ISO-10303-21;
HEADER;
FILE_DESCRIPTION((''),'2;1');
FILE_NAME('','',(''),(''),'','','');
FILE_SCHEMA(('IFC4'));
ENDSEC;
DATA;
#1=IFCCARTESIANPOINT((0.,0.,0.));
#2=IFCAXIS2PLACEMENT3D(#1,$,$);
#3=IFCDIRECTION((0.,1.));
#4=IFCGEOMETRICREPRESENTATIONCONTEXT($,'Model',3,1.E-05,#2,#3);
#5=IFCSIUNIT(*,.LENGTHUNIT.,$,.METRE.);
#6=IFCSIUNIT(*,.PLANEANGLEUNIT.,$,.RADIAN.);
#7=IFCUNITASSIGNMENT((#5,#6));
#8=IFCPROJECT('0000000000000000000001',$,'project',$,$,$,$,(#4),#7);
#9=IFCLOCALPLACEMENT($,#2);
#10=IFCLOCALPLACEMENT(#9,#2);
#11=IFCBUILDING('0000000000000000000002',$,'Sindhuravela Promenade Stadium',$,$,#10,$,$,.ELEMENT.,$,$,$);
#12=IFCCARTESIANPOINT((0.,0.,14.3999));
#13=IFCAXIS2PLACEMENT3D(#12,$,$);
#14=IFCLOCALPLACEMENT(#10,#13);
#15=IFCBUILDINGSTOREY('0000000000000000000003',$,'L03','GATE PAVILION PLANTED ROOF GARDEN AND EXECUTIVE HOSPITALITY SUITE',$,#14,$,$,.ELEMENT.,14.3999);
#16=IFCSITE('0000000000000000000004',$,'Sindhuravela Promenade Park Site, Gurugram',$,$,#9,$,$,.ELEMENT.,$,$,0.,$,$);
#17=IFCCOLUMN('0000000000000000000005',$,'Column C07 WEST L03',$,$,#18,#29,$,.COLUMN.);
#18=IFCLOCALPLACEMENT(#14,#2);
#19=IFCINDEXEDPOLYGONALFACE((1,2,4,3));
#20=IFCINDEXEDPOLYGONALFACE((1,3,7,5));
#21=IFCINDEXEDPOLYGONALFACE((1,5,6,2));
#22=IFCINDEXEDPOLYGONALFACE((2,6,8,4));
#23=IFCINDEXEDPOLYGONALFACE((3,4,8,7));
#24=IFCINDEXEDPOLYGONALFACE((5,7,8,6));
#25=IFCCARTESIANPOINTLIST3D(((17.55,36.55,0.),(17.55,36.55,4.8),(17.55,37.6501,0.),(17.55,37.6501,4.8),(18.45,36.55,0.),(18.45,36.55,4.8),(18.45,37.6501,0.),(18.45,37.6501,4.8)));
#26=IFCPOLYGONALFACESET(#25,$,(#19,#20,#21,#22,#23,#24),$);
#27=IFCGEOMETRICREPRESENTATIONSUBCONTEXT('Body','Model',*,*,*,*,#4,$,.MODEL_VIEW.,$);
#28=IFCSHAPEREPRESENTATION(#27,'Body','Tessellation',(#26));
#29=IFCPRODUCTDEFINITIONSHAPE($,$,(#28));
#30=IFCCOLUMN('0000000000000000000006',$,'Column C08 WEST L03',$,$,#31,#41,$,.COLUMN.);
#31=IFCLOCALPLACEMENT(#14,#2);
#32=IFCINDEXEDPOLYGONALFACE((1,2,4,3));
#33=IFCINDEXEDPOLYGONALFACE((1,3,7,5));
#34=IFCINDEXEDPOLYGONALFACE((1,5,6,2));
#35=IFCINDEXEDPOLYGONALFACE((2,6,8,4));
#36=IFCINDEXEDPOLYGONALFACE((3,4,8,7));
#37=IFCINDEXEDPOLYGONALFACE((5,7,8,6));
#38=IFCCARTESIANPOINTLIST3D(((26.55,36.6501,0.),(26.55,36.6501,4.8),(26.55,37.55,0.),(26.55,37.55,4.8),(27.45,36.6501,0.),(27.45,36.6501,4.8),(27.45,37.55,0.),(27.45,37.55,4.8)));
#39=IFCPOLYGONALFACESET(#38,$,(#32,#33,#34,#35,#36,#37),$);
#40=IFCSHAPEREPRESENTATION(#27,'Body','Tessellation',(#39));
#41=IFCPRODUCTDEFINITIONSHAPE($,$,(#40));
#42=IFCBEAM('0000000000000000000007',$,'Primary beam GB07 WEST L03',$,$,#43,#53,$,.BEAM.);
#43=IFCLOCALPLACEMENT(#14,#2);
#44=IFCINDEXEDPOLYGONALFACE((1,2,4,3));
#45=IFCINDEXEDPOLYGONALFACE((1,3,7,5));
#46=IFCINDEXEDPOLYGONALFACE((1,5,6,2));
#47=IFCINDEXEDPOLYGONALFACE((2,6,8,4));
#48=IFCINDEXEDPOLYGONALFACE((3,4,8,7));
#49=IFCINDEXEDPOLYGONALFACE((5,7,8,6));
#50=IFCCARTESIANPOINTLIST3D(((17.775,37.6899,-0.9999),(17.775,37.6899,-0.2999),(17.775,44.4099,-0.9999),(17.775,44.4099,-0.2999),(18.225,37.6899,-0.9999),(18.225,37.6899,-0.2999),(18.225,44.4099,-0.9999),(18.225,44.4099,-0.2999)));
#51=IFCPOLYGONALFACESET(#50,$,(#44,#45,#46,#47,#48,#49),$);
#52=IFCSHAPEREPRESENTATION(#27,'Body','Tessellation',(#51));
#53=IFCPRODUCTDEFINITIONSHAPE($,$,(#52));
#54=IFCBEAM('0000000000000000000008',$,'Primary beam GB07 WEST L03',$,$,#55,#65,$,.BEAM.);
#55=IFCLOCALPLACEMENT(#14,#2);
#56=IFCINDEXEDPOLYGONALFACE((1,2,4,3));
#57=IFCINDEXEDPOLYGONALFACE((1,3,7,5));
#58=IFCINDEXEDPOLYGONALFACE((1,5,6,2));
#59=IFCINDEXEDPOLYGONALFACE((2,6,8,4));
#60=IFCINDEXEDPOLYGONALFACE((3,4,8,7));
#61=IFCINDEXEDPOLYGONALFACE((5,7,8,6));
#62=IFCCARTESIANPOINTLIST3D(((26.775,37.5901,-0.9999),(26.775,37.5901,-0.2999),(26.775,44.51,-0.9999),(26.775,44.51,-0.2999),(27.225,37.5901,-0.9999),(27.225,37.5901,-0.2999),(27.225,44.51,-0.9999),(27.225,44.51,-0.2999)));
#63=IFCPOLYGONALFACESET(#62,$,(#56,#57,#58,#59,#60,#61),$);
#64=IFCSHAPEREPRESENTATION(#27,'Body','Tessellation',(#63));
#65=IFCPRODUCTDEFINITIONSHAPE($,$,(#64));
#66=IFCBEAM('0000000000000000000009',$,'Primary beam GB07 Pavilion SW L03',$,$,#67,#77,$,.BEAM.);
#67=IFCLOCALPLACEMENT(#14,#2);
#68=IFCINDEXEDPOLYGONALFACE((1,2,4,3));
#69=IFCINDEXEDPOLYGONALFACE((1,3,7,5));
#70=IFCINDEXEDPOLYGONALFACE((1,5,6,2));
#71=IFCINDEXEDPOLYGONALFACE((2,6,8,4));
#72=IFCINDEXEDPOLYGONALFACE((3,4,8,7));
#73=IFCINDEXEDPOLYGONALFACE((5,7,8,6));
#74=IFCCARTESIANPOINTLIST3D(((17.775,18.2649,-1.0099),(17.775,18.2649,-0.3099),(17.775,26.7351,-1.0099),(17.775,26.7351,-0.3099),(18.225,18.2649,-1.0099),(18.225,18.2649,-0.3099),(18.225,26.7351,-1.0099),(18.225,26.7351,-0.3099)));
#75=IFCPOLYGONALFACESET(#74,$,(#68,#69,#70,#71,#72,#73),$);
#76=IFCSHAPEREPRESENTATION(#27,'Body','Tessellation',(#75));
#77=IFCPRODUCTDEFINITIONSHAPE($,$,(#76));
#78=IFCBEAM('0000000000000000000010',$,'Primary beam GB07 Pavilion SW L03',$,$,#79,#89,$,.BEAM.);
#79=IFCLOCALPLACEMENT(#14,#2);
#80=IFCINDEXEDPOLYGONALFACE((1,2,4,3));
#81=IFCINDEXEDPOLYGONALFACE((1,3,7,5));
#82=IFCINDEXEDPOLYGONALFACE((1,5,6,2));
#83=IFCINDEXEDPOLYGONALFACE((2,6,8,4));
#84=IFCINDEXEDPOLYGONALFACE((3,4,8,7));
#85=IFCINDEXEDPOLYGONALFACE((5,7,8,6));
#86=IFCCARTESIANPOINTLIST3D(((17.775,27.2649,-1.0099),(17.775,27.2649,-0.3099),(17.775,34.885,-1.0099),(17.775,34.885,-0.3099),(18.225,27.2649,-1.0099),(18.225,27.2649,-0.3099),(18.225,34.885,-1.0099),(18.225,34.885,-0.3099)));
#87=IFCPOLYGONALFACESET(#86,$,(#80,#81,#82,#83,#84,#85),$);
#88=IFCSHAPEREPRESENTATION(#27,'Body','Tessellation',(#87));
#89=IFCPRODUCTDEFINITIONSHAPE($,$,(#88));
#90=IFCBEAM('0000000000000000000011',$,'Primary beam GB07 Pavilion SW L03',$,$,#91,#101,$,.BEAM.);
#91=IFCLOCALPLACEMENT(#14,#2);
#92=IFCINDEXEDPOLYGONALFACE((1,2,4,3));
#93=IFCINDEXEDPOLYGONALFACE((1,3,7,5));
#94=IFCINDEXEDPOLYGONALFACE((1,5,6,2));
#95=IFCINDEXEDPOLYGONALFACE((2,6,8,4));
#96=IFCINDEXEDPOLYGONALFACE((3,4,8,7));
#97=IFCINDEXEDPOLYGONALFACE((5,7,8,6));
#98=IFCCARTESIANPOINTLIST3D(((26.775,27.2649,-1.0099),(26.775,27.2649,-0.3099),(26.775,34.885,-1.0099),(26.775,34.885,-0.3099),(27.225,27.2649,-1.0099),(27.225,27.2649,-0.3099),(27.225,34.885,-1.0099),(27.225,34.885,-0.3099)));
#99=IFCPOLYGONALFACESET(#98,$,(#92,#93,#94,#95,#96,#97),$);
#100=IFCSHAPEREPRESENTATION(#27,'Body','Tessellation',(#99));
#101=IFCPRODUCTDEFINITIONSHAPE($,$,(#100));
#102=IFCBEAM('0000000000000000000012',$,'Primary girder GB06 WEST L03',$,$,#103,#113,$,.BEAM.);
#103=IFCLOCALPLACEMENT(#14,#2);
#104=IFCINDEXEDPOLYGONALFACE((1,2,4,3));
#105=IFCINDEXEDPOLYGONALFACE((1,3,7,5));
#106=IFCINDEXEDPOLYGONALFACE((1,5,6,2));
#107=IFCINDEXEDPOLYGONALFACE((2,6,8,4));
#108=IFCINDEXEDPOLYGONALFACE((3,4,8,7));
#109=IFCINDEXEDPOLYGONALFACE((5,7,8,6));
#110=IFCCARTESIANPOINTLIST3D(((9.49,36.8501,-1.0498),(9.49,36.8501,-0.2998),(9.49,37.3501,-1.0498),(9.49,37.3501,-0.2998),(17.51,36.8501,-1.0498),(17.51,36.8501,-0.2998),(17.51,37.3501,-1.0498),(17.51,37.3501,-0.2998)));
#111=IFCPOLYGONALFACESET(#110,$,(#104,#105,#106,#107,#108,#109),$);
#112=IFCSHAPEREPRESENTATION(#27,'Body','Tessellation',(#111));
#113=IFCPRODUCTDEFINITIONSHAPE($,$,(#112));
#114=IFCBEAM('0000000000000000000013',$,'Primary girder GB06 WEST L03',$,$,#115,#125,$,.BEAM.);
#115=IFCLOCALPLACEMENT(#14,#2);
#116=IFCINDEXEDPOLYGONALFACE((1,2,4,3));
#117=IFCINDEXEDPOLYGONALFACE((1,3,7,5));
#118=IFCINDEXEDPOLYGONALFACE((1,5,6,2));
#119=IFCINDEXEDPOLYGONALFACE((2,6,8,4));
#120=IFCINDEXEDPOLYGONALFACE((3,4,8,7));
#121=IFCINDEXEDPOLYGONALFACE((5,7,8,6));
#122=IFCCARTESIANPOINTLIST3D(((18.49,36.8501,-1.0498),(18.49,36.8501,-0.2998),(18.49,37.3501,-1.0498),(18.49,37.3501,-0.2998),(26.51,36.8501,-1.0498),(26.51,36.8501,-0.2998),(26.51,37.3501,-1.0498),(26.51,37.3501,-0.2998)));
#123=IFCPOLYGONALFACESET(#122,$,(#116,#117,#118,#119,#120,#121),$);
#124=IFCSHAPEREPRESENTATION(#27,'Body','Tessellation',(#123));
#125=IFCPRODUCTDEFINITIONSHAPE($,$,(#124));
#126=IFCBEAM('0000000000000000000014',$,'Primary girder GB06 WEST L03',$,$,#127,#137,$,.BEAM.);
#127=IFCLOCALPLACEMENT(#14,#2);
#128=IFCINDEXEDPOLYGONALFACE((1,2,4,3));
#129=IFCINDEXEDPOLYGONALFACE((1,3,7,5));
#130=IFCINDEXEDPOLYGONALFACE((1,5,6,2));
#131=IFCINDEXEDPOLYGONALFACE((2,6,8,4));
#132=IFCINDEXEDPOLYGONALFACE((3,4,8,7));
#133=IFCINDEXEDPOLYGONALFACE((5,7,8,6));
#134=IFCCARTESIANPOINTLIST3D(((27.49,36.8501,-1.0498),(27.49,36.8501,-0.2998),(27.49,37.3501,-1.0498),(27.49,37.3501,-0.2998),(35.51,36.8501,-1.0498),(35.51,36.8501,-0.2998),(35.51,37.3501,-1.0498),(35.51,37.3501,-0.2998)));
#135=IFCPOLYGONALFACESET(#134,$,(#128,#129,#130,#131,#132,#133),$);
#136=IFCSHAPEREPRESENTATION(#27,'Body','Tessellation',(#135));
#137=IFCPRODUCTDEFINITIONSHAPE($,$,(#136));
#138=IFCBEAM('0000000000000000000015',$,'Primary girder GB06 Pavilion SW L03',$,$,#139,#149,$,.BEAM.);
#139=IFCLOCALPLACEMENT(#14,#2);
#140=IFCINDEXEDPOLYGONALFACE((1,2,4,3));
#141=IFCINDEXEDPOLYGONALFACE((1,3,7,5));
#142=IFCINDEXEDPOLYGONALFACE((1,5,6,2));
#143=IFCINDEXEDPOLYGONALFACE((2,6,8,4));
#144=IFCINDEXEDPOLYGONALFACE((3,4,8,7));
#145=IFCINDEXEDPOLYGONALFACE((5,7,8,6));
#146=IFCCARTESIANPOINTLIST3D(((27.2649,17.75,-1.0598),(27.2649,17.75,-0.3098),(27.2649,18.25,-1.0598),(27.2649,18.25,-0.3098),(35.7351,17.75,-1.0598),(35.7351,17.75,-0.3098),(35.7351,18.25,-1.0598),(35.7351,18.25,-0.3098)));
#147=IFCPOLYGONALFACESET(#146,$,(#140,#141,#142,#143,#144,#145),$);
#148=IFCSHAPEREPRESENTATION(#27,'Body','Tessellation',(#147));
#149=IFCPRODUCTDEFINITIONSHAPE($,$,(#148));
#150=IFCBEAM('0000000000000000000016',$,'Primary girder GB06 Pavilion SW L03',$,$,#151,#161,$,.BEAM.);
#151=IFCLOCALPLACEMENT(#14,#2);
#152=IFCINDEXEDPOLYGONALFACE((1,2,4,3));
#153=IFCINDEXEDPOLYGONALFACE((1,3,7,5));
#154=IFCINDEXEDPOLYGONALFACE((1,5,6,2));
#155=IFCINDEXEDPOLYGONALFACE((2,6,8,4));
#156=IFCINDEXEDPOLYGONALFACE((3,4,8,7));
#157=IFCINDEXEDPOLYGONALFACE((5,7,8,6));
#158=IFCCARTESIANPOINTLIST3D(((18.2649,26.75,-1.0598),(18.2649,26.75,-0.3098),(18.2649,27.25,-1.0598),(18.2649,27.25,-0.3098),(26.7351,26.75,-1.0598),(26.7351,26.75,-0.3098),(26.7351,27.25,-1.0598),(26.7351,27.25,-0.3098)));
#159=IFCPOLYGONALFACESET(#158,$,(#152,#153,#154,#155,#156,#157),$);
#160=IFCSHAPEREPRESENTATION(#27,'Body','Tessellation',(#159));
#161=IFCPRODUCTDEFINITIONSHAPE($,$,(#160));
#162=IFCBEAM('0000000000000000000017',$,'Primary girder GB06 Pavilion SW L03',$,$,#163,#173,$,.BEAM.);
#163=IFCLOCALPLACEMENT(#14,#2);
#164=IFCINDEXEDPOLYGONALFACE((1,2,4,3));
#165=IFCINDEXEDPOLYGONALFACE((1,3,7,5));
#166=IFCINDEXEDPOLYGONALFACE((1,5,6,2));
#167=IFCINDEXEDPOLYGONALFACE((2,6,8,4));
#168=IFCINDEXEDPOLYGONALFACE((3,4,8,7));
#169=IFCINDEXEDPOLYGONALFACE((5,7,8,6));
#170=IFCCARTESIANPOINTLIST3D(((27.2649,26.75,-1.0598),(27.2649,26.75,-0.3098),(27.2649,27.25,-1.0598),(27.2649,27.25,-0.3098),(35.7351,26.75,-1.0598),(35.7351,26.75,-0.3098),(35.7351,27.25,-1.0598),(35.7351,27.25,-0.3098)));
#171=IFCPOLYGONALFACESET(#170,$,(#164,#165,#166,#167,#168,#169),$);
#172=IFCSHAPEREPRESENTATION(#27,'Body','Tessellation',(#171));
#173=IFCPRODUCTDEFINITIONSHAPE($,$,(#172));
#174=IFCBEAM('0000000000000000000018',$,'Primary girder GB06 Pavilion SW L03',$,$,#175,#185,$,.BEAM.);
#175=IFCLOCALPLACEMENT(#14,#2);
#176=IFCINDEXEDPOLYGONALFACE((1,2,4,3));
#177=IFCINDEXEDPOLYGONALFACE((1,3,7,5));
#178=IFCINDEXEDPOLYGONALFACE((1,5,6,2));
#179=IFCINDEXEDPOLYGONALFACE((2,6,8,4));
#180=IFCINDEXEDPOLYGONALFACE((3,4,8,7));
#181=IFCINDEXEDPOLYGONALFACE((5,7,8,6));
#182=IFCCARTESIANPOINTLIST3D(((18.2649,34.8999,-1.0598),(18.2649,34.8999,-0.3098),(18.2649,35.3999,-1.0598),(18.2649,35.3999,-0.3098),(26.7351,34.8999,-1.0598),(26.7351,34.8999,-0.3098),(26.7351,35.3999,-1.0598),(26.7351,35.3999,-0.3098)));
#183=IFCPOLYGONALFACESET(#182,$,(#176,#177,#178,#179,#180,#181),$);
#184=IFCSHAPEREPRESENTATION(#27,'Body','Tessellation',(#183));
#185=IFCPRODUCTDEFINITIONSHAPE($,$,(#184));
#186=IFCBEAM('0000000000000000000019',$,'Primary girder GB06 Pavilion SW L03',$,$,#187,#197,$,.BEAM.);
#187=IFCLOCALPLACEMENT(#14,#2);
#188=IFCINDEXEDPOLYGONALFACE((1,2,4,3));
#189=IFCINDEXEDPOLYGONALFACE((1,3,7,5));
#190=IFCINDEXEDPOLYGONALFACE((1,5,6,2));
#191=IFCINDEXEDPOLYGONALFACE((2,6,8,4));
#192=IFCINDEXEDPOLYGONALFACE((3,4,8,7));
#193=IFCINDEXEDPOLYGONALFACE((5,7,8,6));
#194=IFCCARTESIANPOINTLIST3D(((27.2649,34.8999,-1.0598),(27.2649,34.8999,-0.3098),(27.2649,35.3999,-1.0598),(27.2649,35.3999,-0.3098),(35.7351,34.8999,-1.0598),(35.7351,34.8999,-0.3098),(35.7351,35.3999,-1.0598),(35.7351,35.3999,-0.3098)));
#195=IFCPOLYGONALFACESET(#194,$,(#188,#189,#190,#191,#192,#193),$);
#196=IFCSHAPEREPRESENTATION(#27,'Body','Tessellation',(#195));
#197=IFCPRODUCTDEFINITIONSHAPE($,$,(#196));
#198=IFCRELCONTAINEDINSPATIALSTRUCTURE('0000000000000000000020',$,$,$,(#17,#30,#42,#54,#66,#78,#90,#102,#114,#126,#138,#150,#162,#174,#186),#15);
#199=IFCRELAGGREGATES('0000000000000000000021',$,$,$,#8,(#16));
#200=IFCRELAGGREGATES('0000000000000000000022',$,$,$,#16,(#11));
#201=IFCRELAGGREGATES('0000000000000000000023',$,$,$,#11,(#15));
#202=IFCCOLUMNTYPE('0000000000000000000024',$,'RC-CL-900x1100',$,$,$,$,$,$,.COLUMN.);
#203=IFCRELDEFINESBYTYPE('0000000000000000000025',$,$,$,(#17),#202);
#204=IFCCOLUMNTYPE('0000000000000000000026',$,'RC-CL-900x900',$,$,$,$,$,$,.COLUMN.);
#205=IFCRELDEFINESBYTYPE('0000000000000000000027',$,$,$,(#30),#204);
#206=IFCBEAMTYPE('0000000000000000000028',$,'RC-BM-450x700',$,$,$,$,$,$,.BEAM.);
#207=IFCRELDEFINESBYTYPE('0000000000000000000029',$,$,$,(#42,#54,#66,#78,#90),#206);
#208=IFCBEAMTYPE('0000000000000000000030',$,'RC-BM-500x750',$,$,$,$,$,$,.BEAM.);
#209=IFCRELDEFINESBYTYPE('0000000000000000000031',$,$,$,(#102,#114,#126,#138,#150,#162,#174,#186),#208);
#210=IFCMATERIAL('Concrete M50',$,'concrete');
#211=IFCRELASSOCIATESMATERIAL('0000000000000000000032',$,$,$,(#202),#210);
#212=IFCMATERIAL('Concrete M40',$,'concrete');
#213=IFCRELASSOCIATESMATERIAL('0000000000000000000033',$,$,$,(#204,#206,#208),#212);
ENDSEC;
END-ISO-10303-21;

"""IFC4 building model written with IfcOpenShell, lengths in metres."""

from ifc_helpers import new_model, si_unit, direction, frame, origin, origin_2d, place, context, subcontext, project, spatial, rectangle, extrude, material, material_profile, profile_set, type_object, element, save


model = new_model("IFC4")

# Units and contexts
model_context = context("Model", 3, precision=1e-05, world=origin(), true_north=direction((0.0, 1.0)))
body_context = subcontext(model_context, "Body", "Model", "MODEL_VIEW")
ifc_project = project(units=[si_unit("LENGTHUNIT", "METRE"), si_unit("PLANEANGLEUNIT", "RADIAN")], contexts=[model_context])

# Site, building, storey
site_placement = place(None, origin())
site = spatial("IfcSite", under=ifc_project, at=site_placement, Name="Sindhuravela Promenade Park Site, Gurugram", CompositionType="ELEMENT", RefElevation=0.0)
building_placement = place(site_placement, origin())
building = spatial("IfcBuilding", under=site, at=building_placement, Name="Sindhuravela Promenade Stadium", CompositionType="ELEMENT")
storey_placement = place(building_placement, frame((0.0, 0.0, 14.3999)))
storey = spatial("IfcBuildingStorey", under=building, at=storey_placement, Name="L03", Description="GATE PAVILION PLANTED ROOF GARDEN AND EXECUTIVE HOSPITALITY SUITE", CompositionType="ELEMENT", Elevation=14.3999)

# Columns
ifc_material_1 = material(Name="Concrete M50", Category="concrete")
ifc_material_profile_1 = material_profile(ifc_material_1, rectangle(XDim=0.8999, YDim=1.1001, at=origin_2d()), Name="RC 900x1100")
ifc_profile_set_1 = profile_set([ifc_material_profile_1], Name="Concrete M50")
column_type_1 = type_object("IfcColumnType", Name="RC-CL-900x1100", PredefinedType="COLUMN", material=ifc_profile_set_1)
column_1_placement = place(storey_placement, frame((18.0, 37.1001, 0.0), z_axis=(0.0, 0.0, 1.0), x_axis=(1.0, 0.0, 0.0)))
element("IfcColumn", 1, at=column_1_placement, inside=storey, type_object=column_type_1, Name="Column C07 WEST L03", PredefinedType="COLUMN", context=body_context, shape_type="SweptSolid", body=[
    extrude(rectangle(XDim=0.8999, YDim=1.1001, at=origin_2d()), origin(), (0.0, 0.0, 1.0), 4.8),
])
ifc_material_2 = material(Name="Concrete M40", Category="concrete")
ifc_material_profile_2 = material_profile(ifc_material_2, rectangle(XDim=0.8999, YDim=0.8999, at=origin_2d()), Name="RC 900x900")
ifc_profile_set_2 = profile_set([ifc_material_profile_2], Name="Concrete M40")
column_type_2 = type_object("IfcColumnType", Name="RC-CL-900x900", PredefinedType="COLUMN", material=ifc_profile_set_2)
column_2_placement = place(storey_placement, frame((27.0, 37.1001, 0.0), z_axis=(0.0, 0.0, 1.0), x_axis=(1.0, 0.0, 0.0)))
element("IfcColumn", 2, at=column_2_placement, inside=storey, type_object=column_type_2, Name="Column C08 WEST L03", PredefinedType="COLUMN", context=body_context, shape_type="SweptSolid", body=[
    extrude(rectangle(XDim=0.8999, YDim=0.8999, at=origin_2d()), origin(), (0.0, 0.0, 1.0), 4.8),
])

# Beams
ifc_material_profile_3 = material_profile(ifc_material_2, rectangle(XDim=0.45, YDim=0.7, at=origin_2d()), Name="RC 450x700")
ifc_profile_set_3 = profile_set([ifc_material_profile_3], Name="Concrete M40")
beam_type_1 = type_object("IfcBeamType", Name="RC-BM-450x700", PredefinedType="BEAM", material=ifc_profile_set_3)
beam_1_placement = place(storey_placement, frame((18.0, 37.6899, -0.6499), z_axis=(0.0, 1.0, 0.0), x_axis=(-1.0, 0.0, 0.0)))
element("IfcBeam", 3, at=beam_1_placement, inside=storey, type_object=beam_type_1, Name="Primary beam GB07 WEST L03", PredefinedType="BEAM", context=body_context, shape_type="SweptSolid", body=[
    extrude(rectangle(XDim=0.45, YDim=0.7, at=origin_2d()), origin(), (0.0, 0.0, 1.0), 6.72),
])
beam_2_placement = place(storey_placement, frame((27.0, 37.5901, -0.6499), z_axis=(0.0, 1.0, 0.0), x_axis=(-1.0, 0.0, 0.0)))
element("IfcBeam", 4, at=beam_2_placement, inside=storey, type_object=beam_type_1, Name="Primary beam GB07 WEST L03", PredefinedType="BEAM", context=body_context, shape_type="SweptSolid", body=[
    extrude(rectangle(XDim=0.45, YDim=0.7, at=origin_2d()), origin(), (0.0, 0.0, 1.0), 6.9199),
])
beam_3_placement = place(storey_placement, frame((18.0, 18.2649, -0.6599), z_axis=(0.0, 1.0, 0.0), x_axis=(-1.0, 0.0, 0.0)))
element("IfcBeam", 5, at=beam_3_placement, inside=storey, type_object=beam_type_1, Name="Primary beam GB07 Pavilion SW L03", PredefinedType="BEAM", context=body_context, shape_type="SweptSolid", body=[
    extrude(rectangle(XDim=0.45, YDim=0.7, at=origin_2d()), origin(), (0.0, 0.0, 1.0), 8.4702),
])
for number, where, z_axis, x_axis, name in (
    (6, (18.0, 27.2649, -0.6599), (0.0, 1.0, 0.0), (-1.0, 0.0, 0.0), "Primary beam GB07 Pavilion SW L03"),
    (7, (27.0, 27.2649, -0.6599), (0.0, 1.0, 0.0), (-1.0, 0.0, 0.0), "Primary beam GB07 Pavilion SW L03"),
):
    element("IfcBeam", number, at=place(storey_placement, frame(where, z_axis=z_axis, x_axis=x_axis)), inside=storey, type_object=beam_type_1, Name=name, PredefinedType="BEAM", context=body_context, shape_type="SweptSolid", body=[
        extrude(rectangle(XDim=0.45, YDim=0.7, at=origin_2d()), origin(), (0.0, 0.0, 1.0), 7.6201),
    ])
ifc_material_profile_4 = material_profile(ifc_material_2, rectangle(XDim=0.5, YDim=0.75, at=origin_2d()), Name="RC 500x750")
ifc_profile_set_4 = profile_set([ifc_material_profile_4], Name="Concrete M40")
beam_type_2 = type_object("IfcBeamType", Name="RC-BM-500x750", PredefinedType="BEAM", material=ifc_profile_set_4)
for number, where, z_axis, x_axis, name in (
    (8, (9.49, 37.1001, -0.6748), (1.0, 0.0, 0.0), (0.0, 1.0, 0.0), "Primary girder GB06 WEST L03"),
    (9, (18.49, 37.1001, -0.6748), (1.0, 0.0, 0.0), (0.0, 1.0, 0.0), "Primary girder GB06 WEST L03"),
    (10, (27.49, 37.1001, -0.6748), (1.0, 0.0, 0.0), (0.0, 1.0, 0.0), "Primary girder GB06 WEST L03"),
):
    element("IfcBeam", number, at=place(storey_placement, frame(where, z_axis=z_axis, x_axis=x_axis)), inside=storey, type_object=beam_type_2, Name=name, PredefinedType="BEAM", context=body_context, shape_type="SweptSolid", body=[
        extrude(rectangle(XDim=0.5, YDim=0.75, at=origin_2d()), origin(), (0.0, 0.0, 1.0), 8.02),
    ])
for number, where, z_axis, x_axis, name in (
    (11, (27.2649, 18.0, -0.6848), (1.0, 0.0, 0.0), (0.0, 1.0, 0.0), "Primary girder GB06 Pavilion SW L03"),
    (12, (18.2649, 27.0, -0.6848), (1.0, 0.0, 0.0), (0.0, 1.0, 0.0), "Primary girder GB06 Pavilion SW L03"),
    (13, (27.2649, 27.0, -0.6848), (1.0, 0.0, 0.0), (0.0, 1.0, 0.0), "Primary girder GB06 Pavilion SW L03"),
    (14, (18.2649, 35.1499, -0.6848), (1.0, 0.0, 0.0), (0.0, 1.0, 0.0), "Primary girder GB06 Pavilion SW L03"),
    (15, (27.2649, 35.1499, -0.6848), (1.0, 0.0, 0.0), (0.0, 1.0, 0.0), "Primary girder GB06 Pavilion SW L03"),
):
    element("IfcBeam", number, at=place(storey_placement, frame(where, z_axis=z_axis, x_axis=x_axis)), inside=storey, type_object=beam_type_2, Name=name, PredefinedType="BEAM", context=body_context, shape_type="SweptSolid", body=[
        extrude(rectangle(XDim=0.5, YDim=0.75, at=origin_2d()), origin(), (0.0, 0.0, 1.0), 8.4702),
    ])

save(model, "model.ifc")
